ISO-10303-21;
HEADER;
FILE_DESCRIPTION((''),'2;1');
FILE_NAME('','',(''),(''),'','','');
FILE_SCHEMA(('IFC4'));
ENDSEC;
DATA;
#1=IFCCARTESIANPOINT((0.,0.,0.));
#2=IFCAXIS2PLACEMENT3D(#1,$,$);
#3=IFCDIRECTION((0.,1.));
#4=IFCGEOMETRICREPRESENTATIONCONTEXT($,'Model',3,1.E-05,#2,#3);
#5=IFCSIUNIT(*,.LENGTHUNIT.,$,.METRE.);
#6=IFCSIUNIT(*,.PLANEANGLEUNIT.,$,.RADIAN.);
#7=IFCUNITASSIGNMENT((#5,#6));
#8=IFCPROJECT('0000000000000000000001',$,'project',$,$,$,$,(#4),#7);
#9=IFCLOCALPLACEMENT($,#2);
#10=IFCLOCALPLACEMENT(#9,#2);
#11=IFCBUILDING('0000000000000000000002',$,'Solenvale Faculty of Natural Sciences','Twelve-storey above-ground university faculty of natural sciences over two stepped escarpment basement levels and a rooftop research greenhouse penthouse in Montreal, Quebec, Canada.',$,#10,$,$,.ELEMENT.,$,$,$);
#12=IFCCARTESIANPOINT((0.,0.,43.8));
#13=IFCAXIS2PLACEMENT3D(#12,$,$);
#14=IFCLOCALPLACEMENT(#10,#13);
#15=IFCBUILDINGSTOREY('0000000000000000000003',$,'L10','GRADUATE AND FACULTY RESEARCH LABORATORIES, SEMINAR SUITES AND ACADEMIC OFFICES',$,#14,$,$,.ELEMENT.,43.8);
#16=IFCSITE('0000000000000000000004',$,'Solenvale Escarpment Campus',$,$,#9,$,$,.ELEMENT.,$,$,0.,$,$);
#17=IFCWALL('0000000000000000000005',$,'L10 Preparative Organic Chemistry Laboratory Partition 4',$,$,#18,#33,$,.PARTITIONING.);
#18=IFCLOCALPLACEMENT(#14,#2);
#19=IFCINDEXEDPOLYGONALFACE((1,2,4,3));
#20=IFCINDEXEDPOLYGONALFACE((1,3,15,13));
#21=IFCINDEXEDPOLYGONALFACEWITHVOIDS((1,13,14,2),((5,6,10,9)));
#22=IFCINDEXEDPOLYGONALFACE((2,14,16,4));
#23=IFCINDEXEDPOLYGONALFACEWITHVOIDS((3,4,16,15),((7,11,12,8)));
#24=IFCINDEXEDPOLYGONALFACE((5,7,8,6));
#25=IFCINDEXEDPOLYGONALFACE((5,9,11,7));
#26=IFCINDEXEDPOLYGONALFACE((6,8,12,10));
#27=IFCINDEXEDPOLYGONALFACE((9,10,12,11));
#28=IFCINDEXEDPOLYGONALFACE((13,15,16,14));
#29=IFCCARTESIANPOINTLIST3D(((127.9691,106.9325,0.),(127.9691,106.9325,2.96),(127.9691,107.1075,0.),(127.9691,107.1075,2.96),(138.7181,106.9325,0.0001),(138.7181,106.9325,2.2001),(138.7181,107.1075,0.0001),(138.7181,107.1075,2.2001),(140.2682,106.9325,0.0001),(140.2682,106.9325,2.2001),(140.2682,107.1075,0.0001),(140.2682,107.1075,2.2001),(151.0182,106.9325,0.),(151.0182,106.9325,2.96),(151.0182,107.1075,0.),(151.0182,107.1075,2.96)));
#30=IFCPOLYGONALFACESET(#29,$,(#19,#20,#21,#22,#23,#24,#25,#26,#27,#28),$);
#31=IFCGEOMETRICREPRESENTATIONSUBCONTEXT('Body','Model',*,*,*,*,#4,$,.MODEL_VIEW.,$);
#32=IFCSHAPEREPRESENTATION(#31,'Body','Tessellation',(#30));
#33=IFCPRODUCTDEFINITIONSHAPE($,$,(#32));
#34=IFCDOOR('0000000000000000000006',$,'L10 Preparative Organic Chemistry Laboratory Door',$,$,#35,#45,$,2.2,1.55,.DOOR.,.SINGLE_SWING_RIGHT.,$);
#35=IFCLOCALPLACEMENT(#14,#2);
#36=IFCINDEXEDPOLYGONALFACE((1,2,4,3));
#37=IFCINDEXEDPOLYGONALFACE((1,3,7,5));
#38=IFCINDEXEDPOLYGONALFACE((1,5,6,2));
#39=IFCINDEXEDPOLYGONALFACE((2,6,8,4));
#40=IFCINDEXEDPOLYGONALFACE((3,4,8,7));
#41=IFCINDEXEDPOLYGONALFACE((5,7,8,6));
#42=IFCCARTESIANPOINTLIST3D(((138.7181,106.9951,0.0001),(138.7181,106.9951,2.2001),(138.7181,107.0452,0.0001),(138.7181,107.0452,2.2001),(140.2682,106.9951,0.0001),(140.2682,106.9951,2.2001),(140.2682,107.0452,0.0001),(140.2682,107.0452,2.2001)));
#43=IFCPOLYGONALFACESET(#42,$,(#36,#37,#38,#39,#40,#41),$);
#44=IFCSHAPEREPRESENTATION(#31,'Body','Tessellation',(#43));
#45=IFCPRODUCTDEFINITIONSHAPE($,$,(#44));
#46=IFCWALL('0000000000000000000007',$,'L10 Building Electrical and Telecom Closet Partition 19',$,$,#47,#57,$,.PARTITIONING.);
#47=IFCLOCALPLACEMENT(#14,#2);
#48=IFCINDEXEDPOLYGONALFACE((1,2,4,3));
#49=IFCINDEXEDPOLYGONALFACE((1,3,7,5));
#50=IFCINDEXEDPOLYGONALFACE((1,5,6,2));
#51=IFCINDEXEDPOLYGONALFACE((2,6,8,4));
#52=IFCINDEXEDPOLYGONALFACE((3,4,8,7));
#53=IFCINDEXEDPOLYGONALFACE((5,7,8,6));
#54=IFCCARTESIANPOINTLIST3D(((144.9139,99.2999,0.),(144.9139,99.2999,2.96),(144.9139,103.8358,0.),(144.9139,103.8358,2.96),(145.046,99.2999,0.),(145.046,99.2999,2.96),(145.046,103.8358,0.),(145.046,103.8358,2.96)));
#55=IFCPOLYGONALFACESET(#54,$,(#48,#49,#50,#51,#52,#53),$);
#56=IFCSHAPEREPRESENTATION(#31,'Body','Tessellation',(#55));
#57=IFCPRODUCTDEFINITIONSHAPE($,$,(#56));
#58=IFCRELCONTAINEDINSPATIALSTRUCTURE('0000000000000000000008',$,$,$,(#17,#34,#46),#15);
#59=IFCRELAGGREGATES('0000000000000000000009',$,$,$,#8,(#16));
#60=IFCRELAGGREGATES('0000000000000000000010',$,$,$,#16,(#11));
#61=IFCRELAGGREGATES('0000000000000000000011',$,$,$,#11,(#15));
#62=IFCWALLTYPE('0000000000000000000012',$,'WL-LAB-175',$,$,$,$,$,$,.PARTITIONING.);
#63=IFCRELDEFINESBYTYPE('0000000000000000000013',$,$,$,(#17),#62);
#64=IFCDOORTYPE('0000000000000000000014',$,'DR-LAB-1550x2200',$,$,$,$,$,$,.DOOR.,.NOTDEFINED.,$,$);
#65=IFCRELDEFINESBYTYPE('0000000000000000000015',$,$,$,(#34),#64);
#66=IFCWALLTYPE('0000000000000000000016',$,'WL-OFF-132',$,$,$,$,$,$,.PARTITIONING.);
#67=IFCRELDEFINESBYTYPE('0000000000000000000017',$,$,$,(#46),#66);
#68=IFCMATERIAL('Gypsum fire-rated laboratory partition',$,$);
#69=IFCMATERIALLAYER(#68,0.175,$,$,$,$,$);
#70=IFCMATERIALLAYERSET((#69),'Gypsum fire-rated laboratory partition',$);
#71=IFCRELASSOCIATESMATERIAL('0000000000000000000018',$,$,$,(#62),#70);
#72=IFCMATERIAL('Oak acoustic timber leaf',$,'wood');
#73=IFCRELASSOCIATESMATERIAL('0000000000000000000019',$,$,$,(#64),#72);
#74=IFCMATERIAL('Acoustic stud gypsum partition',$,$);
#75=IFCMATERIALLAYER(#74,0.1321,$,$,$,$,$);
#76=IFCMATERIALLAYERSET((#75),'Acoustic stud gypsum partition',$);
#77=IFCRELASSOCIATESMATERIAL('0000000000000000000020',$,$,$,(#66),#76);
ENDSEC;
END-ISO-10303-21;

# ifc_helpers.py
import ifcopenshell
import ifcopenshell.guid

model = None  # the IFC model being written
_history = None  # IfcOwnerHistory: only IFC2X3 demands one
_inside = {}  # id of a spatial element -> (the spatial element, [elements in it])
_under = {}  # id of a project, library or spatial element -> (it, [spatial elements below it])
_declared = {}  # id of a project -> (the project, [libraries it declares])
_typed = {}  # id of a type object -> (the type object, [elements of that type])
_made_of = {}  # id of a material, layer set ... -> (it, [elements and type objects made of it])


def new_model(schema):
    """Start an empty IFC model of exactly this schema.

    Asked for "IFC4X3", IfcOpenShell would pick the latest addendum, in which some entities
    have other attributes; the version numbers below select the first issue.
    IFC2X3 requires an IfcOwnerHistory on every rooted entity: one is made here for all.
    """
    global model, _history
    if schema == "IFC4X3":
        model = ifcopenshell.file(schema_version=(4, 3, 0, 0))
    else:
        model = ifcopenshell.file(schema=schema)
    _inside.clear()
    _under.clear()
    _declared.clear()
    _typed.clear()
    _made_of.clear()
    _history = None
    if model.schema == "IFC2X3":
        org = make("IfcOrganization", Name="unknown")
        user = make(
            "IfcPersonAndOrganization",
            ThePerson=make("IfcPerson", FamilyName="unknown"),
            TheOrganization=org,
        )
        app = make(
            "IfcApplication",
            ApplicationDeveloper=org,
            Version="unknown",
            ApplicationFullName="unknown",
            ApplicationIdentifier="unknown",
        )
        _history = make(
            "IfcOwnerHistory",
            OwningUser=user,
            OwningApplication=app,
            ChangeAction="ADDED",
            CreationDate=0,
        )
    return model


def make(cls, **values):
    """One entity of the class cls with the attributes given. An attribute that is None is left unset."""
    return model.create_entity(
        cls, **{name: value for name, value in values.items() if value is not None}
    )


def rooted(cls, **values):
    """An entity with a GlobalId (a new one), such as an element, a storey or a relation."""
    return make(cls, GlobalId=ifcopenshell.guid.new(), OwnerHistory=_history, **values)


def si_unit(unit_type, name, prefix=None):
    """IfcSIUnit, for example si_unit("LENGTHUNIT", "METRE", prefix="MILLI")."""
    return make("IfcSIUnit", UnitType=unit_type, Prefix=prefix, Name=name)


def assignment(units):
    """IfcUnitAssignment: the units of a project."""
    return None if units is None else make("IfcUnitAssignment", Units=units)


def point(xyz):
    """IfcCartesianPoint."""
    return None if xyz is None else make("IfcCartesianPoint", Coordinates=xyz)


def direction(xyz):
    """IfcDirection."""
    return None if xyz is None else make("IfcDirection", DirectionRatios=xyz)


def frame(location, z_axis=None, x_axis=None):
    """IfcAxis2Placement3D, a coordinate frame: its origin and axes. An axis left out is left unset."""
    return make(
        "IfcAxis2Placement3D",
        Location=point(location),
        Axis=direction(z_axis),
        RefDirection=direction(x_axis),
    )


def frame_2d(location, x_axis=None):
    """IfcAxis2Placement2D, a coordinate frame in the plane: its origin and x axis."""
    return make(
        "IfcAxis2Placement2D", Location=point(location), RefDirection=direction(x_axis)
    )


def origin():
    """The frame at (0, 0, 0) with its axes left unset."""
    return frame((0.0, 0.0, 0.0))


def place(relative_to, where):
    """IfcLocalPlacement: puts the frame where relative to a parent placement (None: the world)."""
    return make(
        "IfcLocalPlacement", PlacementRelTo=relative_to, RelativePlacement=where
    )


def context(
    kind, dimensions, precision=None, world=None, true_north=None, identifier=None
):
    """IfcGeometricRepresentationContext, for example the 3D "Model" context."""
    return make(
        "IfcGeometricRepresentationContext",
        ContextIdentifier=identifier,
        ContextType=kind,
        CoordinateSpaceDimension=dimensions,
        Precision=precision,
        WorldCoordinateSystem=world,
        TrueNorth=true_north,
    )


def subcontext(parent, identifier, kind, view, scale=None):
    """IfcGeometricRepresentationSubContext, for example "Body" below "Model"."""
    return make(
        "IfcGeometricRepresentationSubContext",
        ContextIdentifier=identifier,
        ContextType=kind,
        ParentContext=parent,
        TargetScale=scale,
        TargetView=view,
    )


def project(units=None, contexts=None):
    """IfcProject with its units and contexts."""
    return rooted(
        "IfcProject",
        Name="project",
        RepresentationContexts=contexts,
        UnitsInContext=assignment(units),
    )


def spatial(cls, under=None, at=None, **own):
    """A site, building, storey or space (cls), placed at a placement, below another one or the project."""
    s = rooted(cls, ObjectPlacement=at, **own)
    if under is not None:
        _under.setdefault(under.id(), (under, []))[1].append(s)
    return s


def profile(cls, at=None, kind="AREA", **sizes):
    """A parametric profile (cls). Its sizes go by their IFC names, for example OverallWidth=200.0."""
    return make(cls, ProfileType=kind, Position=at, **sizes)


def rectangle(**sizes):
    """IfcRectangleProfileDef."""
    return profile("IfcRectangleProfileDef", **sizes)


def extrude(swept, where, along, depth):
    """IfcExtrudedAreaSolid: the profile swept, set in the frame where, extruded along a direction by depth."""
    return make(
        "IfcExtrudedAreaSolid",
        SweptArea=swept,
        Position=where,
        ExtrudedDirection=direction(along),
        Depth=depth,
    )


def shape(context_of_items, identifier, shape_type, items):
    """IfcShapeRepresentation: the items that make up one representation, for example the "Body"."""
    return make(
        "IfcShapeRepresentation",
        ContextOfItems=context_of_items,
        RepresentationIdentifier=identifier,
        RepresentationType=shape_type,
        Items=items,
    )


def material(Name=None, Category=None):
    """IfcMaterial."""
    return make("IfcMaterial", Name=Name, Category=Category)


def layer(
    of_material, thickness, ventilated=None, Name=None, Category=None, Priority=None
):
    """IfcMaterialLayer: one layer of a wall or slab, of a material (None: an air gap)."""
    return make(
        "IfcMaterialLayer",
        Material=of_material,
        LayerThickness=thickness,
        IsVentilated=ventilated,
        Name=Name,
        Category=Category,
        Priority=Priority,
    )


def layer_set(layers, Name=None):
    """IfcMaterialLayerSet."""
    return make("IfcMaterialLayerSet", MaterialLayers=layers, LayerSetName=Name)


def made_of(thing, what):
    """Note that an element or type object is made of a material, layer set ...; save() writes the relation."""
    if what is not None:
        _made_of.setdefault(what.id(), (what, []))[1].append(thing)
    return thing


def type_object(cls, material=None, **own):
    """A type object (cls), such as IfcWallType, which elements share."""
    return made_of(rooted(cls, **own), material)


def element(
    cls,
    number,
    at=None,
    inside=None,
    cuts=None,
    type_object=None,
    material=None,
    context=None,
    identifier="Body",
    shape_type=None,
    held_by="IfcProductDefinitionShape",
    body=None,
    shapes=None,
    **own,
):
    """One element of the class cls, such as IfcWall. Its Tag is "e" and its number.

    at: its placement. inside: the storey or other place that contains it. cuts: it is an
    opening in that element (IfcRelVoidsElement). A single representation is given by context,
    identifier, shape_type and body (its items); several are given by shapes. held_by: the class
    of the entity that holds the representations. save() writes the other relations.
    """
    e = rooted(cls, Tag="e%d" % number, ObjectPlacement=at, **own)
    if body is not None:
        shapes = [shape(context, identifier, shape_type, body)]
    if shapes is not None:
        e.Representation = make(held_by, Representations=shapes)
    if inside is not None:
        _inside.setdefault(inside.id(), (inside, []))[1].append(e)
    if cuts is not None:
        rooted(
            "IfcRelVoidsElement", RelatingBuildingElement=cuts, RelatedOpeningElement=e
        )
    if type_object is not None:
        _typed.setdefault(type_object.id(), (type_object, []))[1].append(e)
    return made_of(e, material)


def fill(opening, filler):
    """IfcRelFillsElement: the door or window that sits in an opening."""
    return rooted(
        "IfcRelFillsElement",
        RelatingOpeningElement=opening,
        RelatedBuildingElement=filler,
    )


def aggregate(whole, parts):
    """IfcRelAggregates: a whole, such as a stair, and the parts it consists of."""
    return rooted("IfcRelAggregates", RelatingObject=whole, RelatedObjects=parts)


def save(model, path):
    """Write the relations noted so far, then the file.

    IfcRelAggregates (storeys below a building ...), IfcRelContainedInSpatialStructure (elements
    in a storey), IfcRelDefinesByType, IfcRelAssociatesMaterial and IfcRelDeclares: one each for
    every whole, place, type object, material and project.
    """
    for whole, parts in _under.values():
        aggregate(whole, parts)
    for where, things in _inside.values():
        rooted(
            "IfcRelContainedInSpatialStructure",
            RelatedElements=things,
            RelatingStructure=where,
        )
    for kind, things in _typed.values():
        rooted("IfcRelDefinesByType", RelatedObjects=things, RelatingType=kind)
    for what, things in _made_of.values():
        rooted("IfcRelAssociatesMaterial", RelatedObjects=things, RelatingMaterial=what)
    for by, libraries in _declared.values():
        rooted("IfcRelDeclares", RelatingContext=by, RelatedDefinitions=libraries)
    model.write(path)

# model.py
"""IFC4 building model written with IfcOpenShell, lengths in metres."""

from ifc_helpers import new_model, si_unit, direction, frame, frame_2d, origin, place, context, subcontext, project, spatial, rectangle, extrude, material, layer, layer_set, type_object, element, fill, save


model = new_model("IFC4")

# Units and contexts
model_context = context("Model", 3, precision=1e-05, world=origin(), true_north=direction((0.0, 1.0)))
body_context = subcontext(model_context, "Body", "Model", "MODEL_VIEW")
ifc_project = project(units=[si_unit("LENGTHUNIT", "METRE"), si_unit("PLANEANGLEUNIT", "RADIAN")], contexts=[model_context])

# Site, building, storey
site_placement = place(None, origin())
site = spatial("IfcSite", under=ifc_project, at=site_placement, Name="Solenvale Escarpment Campus", CompositionType="ELEMENT", RefElevation=0.0)
building_placement = place(site_placement, origin())
building = spatial("IfcBuilding", under=site, at=building_placement, Name="Solenvale Faculty of Natural Sciences", Description="Twelve-storey above-ground university faculty of natural sciences over two stepped escarpment basement levels and a rooftop research greenhouse penthouse in Montreal, Quebec, Canada.", CompositionType="ELEMENT")
storey_placement = place(building_placement, frame((0.0, 0.0, 43.8)))
storey = spatial("IfcBuildingStorey", under=building, at=storey_placement, Name="L10", Description="GRADUATE AND FACULTY RESEARCH LABORATORIES, SEMINAR SUITES AND ACADEMIC OFFICES", CompositionType="ELEMENT", Elevation=43.8)

# Wall, opening, door
ifc_material_1 = material(Name="Gypsum fire-rated laboratory partition")
ifc_layer_1 = layer(ifc_material_1, 0.175)
ifc_layer_set_1 = layer_set([ifc_layer_1], Name="Gypsum fire-rated laboratory partition")
wall_type_1 = type_object("IfcWallType", Name="WL-LAB-175", PredefinedType="PARTITIONING", material=ifc_layer_set_1)
wall_1_placement = place(storey_placement, frame((151.0181, 107.02, 0.0), z_axis=(0.0, 0.0, 1.0), x_axis=(-1.0, 0.0, 0.0)))
wall_1 = element("IfcWall", 1, at=wall_1_placement, inside=storey, type_object=wall_type_1, Name="L10 Preparative Organic Chemistry Laboratory Partition 4", PredefinedType="PARTITIONING", context=body_context, shape_type="SweptSolid", body=[
    extrude(rectangle(XDim=23.0491, YDim=0.175, at=frame_2d((11.5244, 0.0))), origin(), (0.0, 0.0, 1.0), 2.96),
])
opening_1_placement = place(wall_1_placement, frame((10.75, 0.0, 0.0)))
opening_1 = element("IfcOpeningElement", 2, at=opening_1_placement, cuts=wall_1, PredefinedType="OPENING", context=body_context, shape_type="SweptSolid", body=[
    extrude(rectangle(XDim=1.55, YDim=2.2, at=frame_2d((0.7749, 1.1001))), frame((0.0, 0.0974, 0.0), z_axis=(0.0, -1.0, 0.0), x_axis=(1.0, 0.0, 0.0)), (0.0, 0.0, 1.0), 0.1951),
])
ifc_material_2 = material(Name="Oak acoustic timber leaf", Category="wood")
door_type_1 = type_object("IfcDoorType", Name="DR-LAB-1550x2200", OperationType="NOTDEFINED", PredefinedType="DOOR", material=ifc_material_2)
door_1_placement = place(opening_1_placement, origin())
door_1 = element("IfcDoor", 3, at=door_1_placement, inside=storey, type_object=door_type_1, Name="L10 Preparative Organic Chemistry Laboratory Door", OperationType="SINGLE_SWING_RIGHT", OverallHeight=2.2, OverallWidth=1.55, PredefinedType="DOOR", context=body_context, shape_type="SweptSolid", body=[
    extrude(rectangle(XDim=1.55, YDim=2.2, at=frame_2d((0.7749, 1.1001))), frame((0.0, 0.0249, 0.0), z_axis=(0.0, -1.0, 0.0), x_axis=(1.0, 0.0, 0.0)), (0.0, 0.0, 1.0), 0.05),
])
fill(opening_1, door_1)

# Wall
ifc_material_3 = material(Name="Acoustic stud gypsum partition")
ifc_layer_2 = layer(ifc_material_3, 0.1321)
ifc_layer_set_2 = layer_set([ifc_layer_2], Name="Acoustic stud gypsum partition")
wall_type_2 = type_object("IfcWallType", Name="WL-OFF-132", PredefinedType="PARTITIONING", material=ifc_layer_set_2)
wall_2_placement = place(storey_placement, frame((144.98, 103.8359, 0.0), z_axis=(0.0, 0.0, 1.0), x_axis=(0.0, -1.0, 0.0)))
element("IfcWall", 4, at=wall_2_placement, inside=storey, type_object=wall_type_2, Name="L10 Building Electrical and Telecom Closet Partition 19", PredefinedType="PARTITIONING", context=body_context, shape_type="SweptSolid", body=[
    extrude(rectangle(XDim=4.5359, YDim=0.1321, at=frame_2d((2.2681, 0.0))), origin(), (0.0, 0.0, 1.0), 2.96),
])

save(model, "model.ifc")
